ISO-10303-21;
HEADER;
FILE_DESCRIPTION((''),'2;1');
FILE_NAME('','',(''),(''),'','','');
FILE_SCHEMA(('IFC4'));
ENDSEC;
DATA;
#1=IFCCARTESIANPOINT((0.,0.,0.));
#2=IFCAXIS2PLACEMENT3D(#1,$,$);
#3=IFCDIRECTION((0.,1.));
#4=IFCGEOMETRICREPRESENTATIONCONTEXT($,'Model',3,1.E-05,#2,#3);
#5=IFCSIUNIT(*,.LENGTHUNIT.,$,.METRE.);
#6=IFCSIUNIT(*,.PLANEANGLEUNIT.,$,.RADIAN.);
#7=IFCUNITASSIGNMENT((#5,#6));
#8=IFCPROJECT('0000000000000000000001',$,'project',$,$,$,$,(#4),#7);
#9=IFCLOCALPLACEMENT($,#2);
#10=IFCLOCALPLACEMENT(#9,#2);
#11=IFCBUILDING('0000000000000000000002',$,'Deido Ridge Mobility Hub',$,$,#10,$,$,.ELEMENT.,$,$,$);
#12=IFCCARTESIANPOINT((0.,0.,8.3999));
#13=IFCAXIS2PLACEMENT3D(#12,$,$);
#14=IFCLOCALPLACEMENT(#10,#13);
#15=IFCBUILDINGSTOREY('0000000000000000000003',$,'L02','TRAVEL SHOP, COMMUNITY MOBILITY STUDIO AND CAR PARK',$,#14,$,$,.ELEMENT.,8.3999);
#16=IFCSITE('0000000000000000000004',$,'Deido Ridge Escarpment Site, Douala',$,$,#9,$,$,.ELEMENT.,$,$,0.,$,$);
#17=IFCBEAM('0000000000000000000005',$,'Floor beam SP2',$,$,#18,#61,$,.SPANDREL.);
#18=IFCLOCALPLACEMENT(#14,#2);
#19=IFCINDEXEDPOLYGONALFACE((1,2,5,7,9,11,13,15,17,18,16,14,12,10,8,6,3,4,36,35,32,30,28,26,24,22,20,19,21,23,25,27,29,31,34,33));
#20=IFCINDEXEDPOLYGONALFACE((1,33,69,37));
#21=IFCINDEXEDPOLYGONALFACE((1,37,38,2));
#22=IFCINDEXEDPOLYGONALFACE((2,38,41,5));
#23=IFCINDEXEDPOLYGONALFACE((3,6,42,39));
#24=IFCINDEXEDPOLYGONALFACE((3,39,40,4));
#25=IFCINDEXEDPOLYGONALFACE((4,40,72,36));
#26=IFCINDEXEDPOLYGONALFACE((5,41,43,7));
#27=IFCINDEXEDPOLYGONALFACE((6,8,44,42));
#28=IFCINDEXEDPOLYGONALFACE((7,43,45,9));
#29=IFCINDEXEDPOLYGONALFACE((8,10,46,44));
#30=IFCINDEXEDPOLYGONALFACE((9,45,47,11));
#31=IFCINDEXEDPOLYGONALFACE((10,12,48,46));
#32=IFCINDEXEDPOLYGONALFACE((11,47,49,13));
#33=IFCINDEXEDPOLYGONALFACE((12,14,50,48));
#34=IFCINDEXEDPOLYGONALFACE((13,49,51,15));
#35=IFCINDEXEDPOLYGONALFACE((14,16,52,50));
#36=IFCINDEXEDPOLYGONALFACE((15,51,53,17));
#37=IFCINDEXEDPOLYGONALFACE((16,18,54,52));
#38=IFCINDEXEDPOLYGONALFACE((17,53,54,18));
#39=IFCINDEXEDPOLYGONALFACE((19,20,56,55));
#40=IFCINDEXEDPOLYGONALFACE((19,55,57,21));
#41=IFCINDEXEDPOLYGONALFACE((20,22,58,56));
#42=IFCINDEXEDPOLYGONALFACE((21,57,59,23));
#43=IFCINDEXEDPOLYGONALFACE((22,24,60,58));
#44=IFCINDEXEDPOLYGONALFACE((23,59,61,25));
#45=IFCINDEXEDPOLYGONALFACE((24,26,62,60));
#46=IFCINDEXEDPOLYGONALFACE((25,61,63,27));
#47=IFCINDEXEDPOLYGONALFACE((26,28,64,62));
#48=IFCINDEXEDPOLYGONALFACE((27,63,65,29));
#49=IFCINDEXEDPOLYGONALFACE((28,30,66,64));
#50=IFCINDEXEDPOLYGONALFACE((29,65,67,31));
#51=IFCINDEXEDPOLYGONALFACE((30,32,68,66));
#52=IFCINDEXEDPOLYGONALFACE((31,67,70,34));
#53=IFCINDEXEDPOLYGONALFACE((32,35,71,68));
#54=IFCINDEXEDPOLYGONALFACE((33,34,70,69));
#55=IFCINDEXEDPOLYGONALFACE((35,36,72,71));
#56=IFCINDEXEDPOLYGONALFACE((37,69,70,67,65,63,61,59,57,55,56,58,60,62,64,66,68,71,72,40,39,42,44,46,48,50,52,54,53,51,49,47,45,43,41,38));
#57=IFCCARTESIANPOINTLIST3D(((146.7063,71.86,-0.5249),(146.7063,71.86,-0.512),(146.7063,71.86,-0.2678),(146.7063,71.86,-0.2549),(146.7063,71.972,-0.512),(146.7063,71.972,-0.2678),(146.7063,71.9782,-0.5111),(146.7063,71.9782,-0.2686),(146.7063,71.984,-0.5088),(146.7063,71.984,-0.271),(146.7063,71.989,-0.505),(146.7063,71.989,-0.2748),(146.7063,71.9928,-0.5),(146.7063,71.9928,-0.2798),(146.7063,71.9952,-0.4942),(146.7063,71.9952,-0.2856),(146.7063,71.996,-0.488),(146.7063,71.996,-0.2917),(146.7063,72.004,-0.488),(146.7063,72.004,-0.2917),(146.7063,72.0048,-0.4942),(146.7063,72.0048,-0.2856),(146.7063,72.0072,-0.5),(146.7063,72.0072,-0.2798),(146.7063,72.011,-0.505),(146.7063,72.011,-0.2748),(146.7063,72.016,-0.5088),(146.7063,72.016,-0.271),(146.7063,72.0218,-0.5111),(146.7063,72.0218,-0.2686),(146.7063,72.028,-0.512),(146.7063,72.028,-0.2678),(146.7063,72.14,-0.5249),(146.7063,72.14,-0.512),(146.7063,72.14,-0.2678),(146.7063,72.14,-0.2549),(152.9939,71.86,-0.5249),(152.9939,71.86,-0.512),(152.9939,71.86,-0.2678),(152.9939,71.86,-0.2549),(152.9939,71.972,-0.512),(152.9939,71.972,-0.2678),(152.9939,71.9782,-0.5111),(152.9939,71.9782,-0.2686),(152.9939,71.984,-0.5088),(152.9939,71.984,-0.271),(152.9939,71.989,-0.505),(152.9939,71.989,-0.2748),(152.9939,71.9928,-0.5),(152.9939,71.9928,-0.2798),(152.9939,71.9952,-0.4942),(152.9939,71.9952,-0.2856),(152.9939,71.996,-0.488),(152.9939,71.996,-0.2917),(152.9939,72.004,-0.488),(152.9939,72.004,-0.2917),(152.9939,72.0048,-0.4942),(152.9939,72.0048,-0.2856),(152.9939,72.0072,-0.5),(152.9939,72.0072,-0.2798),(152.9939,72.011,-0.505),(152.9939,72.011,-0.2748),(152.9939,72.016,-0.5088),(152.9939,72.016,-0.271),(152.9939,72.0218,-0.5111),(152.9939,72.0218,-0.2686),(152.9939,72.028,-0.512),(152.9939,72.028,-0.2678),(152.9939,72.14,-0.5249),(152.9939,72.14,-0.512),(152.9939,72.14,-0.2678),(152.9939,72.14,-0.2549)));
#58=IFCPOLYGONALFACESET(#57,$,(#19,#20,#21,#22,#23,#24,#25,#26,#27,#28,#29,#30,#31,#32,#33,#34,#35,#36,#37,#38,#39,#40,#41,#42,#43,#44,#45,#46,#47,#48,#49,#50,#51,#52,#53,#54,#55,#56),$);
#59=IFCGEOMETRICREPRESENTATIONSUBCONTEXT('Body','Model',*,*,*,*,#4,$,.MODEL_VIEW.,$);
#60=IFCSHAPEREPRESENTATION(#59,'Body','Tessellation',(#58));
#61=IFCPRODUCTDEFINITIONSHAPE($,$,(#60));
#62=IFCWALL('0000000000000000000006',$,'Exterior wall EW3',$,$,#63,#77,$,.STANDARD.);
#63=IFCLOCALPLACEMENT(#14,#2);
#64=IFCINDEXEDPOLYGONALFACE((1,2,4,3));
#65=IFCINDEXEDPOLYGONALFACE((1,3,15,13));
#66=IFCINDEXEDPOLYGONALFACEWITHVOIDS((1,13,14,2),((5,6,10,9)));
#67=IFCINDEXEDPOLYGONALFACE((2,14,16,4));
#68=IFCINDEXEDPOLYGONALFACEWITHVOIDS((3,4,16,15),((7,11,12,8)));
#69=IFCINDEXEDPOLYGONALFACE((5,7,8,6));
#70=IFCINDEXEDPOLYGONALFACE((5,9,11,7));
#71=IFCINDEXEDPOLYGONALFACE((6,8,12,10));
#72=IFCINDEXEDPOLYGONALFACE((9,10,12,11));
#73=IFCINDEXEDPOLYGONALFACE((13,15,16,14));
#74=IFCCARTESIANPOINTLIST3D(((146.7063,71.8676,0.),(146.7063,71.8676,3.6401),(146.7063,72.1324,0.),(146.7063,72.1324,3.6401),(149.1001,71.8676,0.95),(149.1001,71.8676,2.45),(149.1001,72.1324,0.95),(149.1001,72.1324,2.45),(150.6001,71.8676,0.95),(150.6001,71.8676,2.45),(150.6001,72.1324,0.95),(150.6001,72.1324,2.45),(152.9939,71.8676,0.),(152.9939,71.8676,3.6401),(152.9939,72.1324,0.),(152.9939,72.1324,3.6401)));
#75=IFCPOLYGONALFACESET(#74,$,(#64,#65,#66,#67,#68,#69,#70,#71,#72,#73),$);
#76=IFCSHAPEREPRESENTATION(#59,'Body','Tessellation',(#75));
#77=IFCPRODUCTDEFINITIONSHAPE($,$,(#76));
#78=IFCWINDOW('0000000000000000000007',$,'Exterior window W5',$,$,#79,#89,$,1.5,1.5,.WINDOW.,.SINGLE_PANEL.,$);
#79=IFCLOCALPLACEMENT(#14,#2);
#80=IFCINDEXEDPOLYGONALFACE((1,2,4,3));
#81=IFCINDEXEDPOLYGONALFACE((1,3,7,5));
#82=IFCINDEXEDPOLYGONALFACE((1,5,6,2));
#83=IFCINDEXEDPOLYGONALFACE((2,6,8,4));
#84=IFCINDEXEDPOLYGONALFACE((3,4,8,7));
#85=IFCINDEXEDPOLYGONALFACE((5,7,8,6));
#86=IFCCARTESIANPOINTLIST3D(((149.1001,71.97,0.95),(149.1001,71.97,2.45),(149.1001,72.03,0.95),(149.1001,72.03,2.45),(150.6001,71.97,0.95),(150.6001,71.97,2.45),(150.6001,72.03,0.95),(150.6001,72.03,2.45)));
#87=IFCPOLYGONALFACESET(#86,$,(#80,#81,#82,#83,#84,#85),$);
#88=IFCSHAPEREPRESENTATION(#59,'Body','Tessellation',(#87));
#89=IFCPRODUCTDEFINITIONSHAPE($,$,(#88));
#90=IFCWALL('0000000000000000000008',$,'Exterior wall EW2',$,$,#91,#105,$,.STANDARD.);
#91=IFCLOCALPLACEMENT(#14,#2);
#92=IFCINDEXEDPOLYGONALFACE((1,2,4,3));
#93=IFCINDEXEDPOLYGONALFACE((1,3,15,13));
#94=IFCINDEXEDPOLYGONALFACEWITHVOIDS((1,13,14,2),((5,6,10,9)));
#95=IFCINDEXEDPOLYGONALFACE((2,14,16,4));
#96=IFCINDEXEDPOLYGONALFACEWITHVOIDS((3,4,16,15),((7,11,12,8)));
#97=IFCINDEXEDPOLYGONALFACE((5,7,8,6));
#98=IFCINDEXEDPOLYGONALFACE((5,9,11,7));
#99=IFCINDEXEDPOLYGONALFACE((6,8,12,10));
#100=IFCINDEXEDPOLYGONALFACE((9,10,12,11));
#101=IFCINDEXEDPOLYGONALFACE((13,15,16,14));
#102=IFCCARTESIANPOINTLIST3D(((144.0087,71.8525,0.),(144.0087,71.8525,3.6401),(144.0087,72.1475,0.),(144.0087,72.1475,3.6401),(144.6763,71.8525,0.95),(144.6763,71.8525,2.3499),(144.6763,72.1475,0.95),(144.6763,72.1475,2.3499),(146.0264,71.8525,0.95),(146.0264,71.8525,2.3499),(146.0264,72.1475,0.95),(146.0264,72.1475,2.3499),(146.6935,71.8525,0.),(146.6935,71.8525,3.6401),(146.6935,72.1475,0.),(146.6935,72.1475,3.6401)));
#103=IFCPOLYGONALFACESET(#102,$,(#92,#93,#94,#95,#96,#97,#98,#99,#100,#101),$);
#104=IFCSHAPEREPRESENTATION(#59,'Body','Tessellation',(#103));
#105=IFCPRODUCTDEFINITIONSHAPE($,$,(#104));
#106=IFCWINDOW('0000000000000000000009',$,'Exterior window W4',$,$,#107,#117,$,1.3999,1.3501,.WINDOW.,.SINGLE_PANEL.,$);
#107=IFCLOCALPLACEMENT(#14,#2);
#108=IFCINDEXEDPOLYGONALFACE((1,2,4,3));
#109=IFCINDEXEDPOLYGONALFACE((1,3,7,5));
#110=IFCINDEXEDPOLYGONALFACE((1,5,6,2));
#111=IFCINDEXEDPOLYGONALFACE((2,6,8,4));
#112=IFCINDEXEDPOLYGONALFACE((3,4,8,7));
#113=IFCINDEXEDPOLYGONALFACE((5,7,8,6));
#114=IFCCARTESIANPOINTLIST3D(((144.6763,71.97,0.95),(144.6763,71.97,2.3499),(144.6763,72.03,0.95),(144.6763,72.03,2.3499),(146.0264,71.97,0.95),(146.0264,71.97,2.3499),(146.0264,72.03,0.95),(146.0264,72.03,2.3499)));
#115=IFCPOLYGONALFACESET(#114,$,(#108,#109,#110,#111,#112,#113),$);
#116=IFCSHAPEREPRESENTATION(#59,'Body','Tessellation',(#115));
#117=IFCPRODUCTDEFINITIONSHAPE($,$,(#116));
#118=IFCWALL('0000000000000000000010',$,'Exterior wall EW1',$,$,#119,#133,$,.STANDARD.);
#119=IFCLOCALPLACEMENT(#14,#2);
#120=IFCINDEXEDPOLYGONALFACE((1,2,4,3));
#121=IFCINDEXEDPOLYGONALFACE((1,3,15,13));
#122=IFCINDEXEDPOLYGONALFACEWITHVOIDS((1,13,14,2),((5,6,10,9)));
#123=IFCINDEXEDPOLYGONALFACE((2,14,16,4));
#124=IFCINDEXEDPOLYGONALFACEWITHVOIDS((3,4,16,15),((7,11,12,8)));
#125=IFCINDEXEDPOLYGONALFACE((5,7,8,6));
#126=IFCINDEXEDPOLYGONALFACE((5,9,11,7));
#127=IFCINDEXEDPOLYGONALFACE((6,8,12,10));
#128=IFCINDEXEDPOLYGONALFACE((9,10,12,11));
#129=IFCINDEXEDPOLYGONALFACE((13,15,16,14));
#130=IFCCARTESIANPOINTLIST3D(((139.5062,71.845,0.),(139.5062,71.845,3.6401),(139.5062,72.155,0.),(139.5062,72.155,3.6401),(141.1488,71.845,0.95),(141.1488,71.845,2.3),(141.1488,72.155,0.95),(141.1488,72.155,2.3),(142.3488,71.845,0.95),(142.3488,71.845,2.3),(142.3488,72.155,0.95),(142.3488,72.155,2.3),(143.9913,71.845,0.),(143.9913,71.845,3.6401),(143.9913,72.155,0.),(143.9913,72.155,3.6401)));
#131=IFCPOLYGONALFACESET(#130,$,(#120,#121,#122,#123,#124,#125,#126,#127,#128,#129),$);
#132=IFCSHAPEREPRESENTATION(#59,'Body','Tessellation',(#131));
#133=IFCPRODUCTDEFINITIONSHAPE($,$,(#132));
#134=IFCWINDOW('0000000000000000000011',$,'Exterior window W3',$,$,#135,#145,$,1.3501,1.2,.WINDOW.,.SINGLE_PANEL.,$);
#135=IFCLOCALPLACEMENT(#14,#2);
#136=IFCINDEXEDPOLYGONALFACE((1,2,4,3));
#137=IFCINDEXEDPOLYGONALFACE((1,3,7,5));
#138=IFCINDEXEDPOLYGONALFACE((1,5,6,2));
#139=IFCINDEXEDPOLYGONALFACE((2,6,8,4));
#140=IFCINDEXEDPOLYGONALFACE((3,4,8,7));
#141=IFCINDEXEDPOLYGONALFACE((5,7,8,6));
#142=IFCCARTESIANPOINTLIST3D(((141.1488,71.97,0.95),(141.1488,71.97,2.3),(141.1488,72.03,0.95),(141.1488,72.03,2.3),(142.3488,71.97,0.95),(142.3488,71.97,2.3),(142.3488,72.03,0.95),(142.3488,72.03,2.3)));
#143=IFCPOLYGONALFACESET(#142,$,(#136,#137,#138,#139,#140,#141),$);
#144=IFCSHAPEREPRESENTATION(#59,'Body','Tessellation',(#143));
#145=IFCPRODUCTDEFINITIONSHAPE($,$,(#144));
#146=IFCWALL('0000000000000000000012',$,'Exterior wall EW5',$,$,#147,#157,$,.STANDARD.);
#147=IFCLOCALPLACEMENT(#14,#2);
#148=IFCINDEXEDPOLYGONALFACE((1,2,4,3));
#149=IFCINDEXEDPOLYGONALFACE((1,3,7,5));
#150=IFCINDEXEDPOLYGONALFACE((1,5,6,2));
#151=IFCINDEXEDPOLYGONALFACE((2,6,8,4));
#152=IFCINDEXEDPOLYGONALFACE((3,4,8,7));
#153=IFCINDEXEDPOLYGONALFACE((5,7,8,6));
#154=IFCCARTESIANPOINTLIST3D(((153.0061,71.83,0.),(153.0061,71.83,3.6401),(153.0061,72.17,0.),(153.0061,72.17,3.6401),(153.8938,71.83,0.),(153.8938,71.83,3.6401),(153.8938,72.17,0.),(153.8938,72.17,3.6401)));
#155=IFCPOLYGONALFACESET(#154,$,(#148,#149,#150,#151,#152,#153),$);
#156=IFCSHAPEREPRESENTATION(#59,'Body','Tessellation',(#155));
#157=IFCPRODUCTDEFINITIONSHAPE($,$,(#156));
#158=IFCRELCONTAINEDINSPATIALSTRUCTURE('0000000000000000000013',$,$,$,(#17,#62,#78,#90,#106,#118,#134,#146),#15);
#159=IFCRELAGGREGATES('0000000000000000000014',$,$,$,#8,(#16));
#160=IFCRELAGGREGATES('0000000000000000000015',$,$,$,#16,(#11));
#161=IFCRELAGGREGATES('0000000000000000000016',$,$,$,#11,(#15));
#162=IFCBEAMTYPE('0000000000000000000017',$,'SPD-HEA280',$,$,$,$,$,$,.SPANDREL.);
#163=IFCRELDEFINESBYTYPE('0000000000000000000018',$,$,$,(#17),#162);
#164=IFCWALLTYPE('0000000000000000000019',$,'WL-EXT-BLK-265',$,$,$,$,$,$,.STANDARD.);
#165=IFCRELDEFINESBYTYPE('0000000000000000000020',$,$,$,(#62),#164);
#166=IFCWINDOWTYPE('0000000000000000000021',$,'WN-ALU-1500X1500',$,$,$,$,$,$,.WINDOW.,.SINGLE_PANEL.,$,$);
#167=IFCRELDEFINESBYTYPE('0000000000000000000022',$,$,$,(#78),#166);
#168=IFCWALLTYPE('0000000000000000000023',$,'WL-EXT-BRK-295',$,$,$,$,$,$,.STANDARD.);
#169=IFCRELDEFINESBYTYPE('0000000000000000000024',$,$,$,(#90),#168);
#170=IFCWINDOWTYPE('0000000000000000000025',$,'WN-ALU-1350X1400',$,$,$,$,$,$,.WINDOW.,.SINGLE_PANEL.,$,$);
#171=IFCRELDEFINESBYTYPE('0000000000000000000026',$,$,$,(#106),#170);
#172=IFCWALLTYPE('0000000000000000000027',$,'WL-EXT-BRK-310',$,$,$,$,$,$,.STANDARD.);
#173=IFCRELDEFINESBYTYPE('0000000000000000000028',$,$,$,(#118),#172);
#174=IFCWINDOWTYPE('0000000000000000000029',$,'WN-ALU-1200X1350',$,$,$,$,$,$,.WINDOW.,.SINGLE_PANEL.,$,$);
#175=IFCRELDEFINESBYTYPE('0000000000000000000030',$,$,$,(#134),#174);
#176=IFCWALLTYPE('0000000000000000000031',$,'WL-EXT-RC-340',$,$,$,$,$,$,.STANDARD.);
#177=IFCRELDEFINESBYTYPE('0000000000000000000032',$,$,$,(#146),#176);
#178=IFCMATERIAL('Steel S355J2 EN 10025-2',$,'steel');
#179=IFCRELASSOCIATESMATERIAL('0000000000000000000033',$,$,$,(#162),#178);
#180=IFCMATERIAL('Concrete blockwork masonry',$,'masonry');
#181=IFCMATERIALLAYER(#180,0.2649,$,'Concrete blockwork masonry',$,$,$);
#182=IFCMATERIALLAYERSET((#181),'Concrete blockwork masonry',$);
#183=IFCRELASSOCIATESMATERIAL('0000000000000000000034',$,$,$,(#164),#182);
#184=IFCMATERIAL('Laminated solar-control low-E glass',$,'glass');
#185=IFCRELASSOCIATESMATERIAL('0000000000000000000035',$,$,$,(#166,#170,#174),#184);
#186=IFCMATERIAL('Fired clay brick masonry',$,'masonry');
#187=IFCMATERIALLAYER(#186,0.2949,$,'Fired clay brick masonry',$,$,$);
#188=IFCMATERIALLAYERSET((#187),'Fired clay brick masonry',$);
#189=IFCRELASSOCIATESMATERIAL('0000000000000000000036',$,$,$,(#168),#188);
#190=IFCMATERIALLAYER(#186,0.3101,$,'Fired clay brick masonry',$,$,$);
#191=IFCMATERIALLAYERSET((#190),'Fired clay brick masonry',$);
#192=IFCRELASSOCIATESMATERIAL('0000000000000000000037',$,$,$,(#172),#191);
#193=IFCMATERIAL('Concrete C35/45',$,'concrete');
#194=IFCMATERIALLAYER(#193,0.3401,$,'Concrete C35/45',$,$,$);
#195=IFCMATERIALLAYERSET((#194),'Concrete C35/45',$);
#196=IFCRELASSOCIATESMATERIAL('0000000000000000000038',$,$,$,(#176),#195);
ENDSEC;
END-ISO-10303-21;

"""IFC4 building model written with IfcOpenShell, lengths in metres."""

from ifc_helpers import new_model, si_unit, direction, frame, frame_2d, origin, origin_2d, place, context, subcontext, project, spatial, rectangle, i_section, extrude, material, layer, layer_set, material_profile, profile_set, type_object, element, fill, save


model = new_model("IFC4")

# Units and contexts
model_context = context("Model", 3, precision=1e-05, world=origin(), true_north=direction((0.0, 1.0)))
body_context = subcontext(model_context, "Body", "Model", "MODEL_VIEW")
ifc_project = project(units=[si_unit("LENGTHUNIT", "METRE"), si_unit("PLANEANGLEUNIT", "RADIAN")], contexts=[model_context])

# Site, building, storey
site_placement = place(None, origin())
site = spatial("IfcSite", under=ifc_project, at=site_placement, Name="Deido Ridge Escarpment Site, Douala", CompositionType="ELEMENT", RefElevation=0.0)
building_placement = place(site_placement, origin())
building = spatial("IfcBuilding", under=site, at=building_placement, Name="Deido Ridge Mobility Hub", CompositionType="ELEMENT")
storey_placement = place(building_placement, frame((0.0, 0.0, 8.3999)))
storey = spatial("IfcBuildingStorey", under=building, at=storey_placement, Name="L02", Description="TRAVEL SHOP, COMMUNITY MOBILITY STUDIO AND CAR PARK", CompositionType="ELEMENT", Elevation=8.3999)

# Shared definitions
ifc_material_1 = material(Name="Steel S355J2 EN 10025-2", Category="steel")

# Beam
ifc_material_profile_1 = material_profile(ifc_material_1, i_section(OverallWidth=0.28, OverallDepth=0.27, WebThickness=0.0081, FlangeThickness=0.0129, FilletRadius=0.0239, at=origin_2d()), Name="HEA 280")
ifc_profile_set_1 = profile_set([ifc_material_profile_1], Name="Steel S355J2 EN 10025-2")
beam_type_1 = type_object("IfcBeamType", Name="SPD-HEA280", PredefinedType="SPANDREL", material=ifc_profile_set_1)
beam_1_placement = place(storey_placement, frame((146.7063, 72.0, -0.3899), z_axis=(1.0, 0.0, 0.0), x_axis=(0.0, 1.0, 0.0)))
element("IfcBeam", 1, at=beam_1_placement, inside=storey, type_object=beam_type_1, Name="Floor beam SP2", PredefinedType="SPANDREL", context=body_context, shape_type="SweptSolid", body=[
    extrude(i_section(OverallWidth=0.28, OverallDepth=0.27, WebThickness=0.0081, FlangeThickness=0.0129, FilletRadius=0.0239, at=origin_2d()), origin(), (0.0, 0.0, 1.0), 6.2876),
])

# Walls, openings, windows
ifc_material_2 = material(Name="Concrete blockwork masonry", Category="masonry")
ifc_layer_1 = layer(ifc_material_2, 0.2649, Name="Concrete blockwork masonry")
ifc_layer_set_1 = layer_set([ifc_layer_1], Name="Concrete blockwork masonry")
wall_type_1 = type_object("IfcWallType", Name="WL-EXT-BLK-265", PredefinedType="STANDARD", material=ifc_layer_set_1)
wall_1_placement = place(storey_placement, frame((146.7063, 72.0, 0.0), z_axis=(0.0, 0.0, 1.0), x_axis=(1.0, 0.0, 0.0)))
wall_1 = element("IfcWall", 2, at=wall_1_placement, inside=storey, type_object=wall_type_1, Name="Exterior wall EW3", PredefinedType="STANDARD", context=body_context, shape_type="SweptSolid", body=[
    extrude(rectangle(XDim=6.2876, YDim=0.2649, at=frame_2d((3.1438, 0.0))), origin(), (0.0, 0.0, 1.0), 3.6401),
])
opening_1_placement = place(wall_1_placement, frame((2.3938, 0.0, 0.95)))
opening_1 = element("IfcOpeningElement", 3, at=opening_1_placement, cuts=wall_1, PredefinedType="OPENING", context=body_context, shape_type="SweptSolid", body=[
    extrude(rectangle(XDim=1.5, YDim=1.5, at=frame_2d((0.75, 0.75))), frame((0.0, 0.1426, 0.0), z_axis=(0.0, -1.0, 0.0), x_axis=(1.0, 0.0, 0.0)), (0.0, 0.0, 1.0), 0.2849),
])
ifc_material_3 = material(Name="Laminated solar-control low-E glass", Category="glass")
window_type_1 = type_object("IfcWindowType", Name="WN-ALU-1500X1500", PartitioningType="SINGLE_PANEL", PredefinedType="WINDOW", material=ifc_material_3)
window_1_placement = place(opening_1_placement, origin())
window_1 = element("IfcWindow", 4, at=window_1_placement, inside=storey, type_object=window_type_1, Name="Exterior window W5", OverallHeight=1.5, OverallWidth=1.5, PartitioningType="SINGLE_PANEL", PredefinedType="WINDOW", context=body_context, shape_type="SweptSolid", body=[
    extrude(rectangle(XDim=1.5, YDim=1.5, at=frame_2d((0.75, 0.75))), frame((0.0, 0.03, 0.0), z_axis=(0.0, -1.0, 0.0), x_axis=(1.0, 0.0, 0.0)), (0.0, 0.0, 1.0), 0.0601),
])
fill(opening_1, window_1)
ifc_material_4 = material(Name="Fired clay brick masonry", Category="masonry")
ifc_layer_2 = layer(ifc_material_4, 0.2949, Name="Fired clay brick masonry")
ifc_layer_set_2 = layer_set([ifc_layer_2], Name="Fired clay brick masonry")
wall_type_2 = type_object("IfcWallType", Name="WL-EXT-BRK-295", PredefinedType="STANDARD", material=ifc_layer_set_2)
wall_2_placement = place(storey_placement, frame((144.0088, 72.0, 0.0), z_axis=(0.0, 0.0, 1.0), x_axis=(1.0, 0.0, 0.0)))
wall_2 = element("IfcWall", 5, at=wall_2_placement, inside=storey, type_object=wall_type_2, Name="Exterior wall EW2", PredefinedType="STANDARD", context=body_context, shape_type="SweptSolid", body=[
    extrude(rectangle(XDim=2.6848, YDim=0.2949, at=frame_2d((1.3423, 0.0))), origin(), (0.0, 0.0, 1.0), 3.6401),
])
opening_2_placement = place(wall_2_placement, frame((0.6675, 0.0, 0.95)))
opening_2 = element("IfcOpeningElement", 6, at=opening_2_placement, cuts=wall_2, PredefinedType="OPENING", context=body_context, shape_type="SweptSolid", body=[
    extrude(rectangle(XDim=1.3501, YDim=1.3999, at=frame_2d((0.675, 0.7))), frame((0.0, 0.1575, 0.0), z_axis=(0.0, -1.0, 0.0), x_axis=(1.0, 0.0, 0.0)), (0.0, 0.0, 1.0), 0.3149),
])
window_type_2 = type_object("IfcWindowType", Name="WN-ALU-1350X1400", PartitioningType="SINGLE_PANEL", PredefinedType="WINDOW", material=ifc_material_3)
window_2_placement = place(opening_2_placement, origin())
window_2 = element("IfcWindow", 7, at=window_2_placement, inside=storey, type_object=window_type_2, Name="Exterior window W4", OverallHeight=1.3999, OverallWidth=1.3501, PartitioningType="SINGLE_PANEL", PredefinedType="WINDOW", context=body_context, shape_type="SweptSolid", body=[
    extrude(rectangle(XDim=1.3501, YDim=1.3999, at=frame_2d((0.675, 0.7))), frame((0.0, 0.03, 0.0), z_axis=(0.0, -1.0, 0.0), x_axis=(1.0, 0.0, 0.0)), (0.0, 0.0, 1.0), 0.0601),
])
fill(opening_2, window_2)
ifc_layer_3 = layer(ifc_material_4, 0.3101, Name="Fired clay brick masonry")
ifc_layer_set_3 = layer_set([ifc_layer_3], Name="Fired clay brick masonry")
wall_type_3 = type_object("IfcWallType", Name="WL-EXT-BRK-310", PredefinedType="STANDARD", material=ifc_layer_set_3)
wall_3_placement = place(storey_placement, frame((139.5061, 72.0, 0.0), z_axis=(0.0, 0.0, 1.0), x_axis=(1.0, 0.0, 0.0)))
wall_3 = element("IfcWall", 8, at=wall_3_placement, inside=storey, type_object=wall_type_3, Name="Exterior wall EW1", PredefinedType="STANDARD", context=body_context, shape_type="SweptSolid", body=[
    extrude(rectangle(XDim=4.4851, YDim=0.3101, at=frame_2d((2.2427, 0.0))), origin(), (0.0, 0.0, 1.0), 3.6401),
])
opening_3_placement = place(wall_3_placement, frame((1.6426, 0.0, 0.95)))
opening_3 = element("IfcOpeningElement", 9, at=opening_3_placement, cuts=wall_3, PredefinedType="OPENING", context=body_context, shape_type="SweptSolid", body=[
    extrude(rectangle(XDim=1.2, YDim=1.3501, at=frame_2d((0.6001, 0.675))), frame((0.0, 0.165, 0.0), z_axis=(0.0, -1.0, 0.0), x_axis=(1.0, 0.0, 0.0)), (0.0, 0.0, 1.0), 0.3301),
])
window_type_3 = type_object("IfcWindowType", Name="WN-ALU-1200X1350", PartitioningType="SINGLE_PANEL", PredefinedType="WINDOW", material=ifc_material_3)
window_3_placement = place(opening_3_placement, origin())
window_3 = element("IfcWindow", 10, at=window_3_placement, inside=storey, type_object=window_type_3, Name="Exterior window W3", OverallHeight=1.3501, OverallWidth=1.2, PartitioningType="SINGLE_PANEL", PredefinedType="WINDOW", context=body_context, shape_type="SweptSolid", body=[
    extrude(rectangle(XDim=1.2, YDim=1.3501, at=frame_2d((0.6001, 0.675))), frame((0.0, 0.03, 0.0), z_axis=(0.0, -1.0, 0.0), x_axis=(1.0, 0.0, 0.0)), (0.0, 0.0, 1.0), 0.0601),
])
fill(opening_3, window_3)

# Wall
ifc_material_5 = material(Name="Concrete C35/45", Category="concrete")
ifc_layer_4 = layer(ifc_material_5, 0.3401, Name="Concrete C35/45")
ifc_layer_set_4 = layer_set([ifc_layer_4], Name="Concrete C35/45")
wall_type_4 = type_object("IfcWallType", Name="WL-EXT-RC-340", PredefinedType="STANDARD", material=ifc_layer_set_4)
wall_4_placement = place(storey_placement, frame((153.0061, 72.0, 0.0), z_axis=(0.0, 0.0, 1.0), x_axis=(1.0, 0.0, 0.0)))
element("IfcWall", 11, at=wall_4_placement, inside=storey, type_object=wall_type_4, Name="Exterior wall EW5", PredefinedType="STANDARD", context=body_context, shape_type="SweptSolid", body=[
    extrude(rectangle(XDim=0.8877, YDim=0.3401, at=frame_2d((0.4438, 0.0))), origin(), (0.0, 0.0, 1.0), 3.6401),
])

save(model, "model.ifc")
